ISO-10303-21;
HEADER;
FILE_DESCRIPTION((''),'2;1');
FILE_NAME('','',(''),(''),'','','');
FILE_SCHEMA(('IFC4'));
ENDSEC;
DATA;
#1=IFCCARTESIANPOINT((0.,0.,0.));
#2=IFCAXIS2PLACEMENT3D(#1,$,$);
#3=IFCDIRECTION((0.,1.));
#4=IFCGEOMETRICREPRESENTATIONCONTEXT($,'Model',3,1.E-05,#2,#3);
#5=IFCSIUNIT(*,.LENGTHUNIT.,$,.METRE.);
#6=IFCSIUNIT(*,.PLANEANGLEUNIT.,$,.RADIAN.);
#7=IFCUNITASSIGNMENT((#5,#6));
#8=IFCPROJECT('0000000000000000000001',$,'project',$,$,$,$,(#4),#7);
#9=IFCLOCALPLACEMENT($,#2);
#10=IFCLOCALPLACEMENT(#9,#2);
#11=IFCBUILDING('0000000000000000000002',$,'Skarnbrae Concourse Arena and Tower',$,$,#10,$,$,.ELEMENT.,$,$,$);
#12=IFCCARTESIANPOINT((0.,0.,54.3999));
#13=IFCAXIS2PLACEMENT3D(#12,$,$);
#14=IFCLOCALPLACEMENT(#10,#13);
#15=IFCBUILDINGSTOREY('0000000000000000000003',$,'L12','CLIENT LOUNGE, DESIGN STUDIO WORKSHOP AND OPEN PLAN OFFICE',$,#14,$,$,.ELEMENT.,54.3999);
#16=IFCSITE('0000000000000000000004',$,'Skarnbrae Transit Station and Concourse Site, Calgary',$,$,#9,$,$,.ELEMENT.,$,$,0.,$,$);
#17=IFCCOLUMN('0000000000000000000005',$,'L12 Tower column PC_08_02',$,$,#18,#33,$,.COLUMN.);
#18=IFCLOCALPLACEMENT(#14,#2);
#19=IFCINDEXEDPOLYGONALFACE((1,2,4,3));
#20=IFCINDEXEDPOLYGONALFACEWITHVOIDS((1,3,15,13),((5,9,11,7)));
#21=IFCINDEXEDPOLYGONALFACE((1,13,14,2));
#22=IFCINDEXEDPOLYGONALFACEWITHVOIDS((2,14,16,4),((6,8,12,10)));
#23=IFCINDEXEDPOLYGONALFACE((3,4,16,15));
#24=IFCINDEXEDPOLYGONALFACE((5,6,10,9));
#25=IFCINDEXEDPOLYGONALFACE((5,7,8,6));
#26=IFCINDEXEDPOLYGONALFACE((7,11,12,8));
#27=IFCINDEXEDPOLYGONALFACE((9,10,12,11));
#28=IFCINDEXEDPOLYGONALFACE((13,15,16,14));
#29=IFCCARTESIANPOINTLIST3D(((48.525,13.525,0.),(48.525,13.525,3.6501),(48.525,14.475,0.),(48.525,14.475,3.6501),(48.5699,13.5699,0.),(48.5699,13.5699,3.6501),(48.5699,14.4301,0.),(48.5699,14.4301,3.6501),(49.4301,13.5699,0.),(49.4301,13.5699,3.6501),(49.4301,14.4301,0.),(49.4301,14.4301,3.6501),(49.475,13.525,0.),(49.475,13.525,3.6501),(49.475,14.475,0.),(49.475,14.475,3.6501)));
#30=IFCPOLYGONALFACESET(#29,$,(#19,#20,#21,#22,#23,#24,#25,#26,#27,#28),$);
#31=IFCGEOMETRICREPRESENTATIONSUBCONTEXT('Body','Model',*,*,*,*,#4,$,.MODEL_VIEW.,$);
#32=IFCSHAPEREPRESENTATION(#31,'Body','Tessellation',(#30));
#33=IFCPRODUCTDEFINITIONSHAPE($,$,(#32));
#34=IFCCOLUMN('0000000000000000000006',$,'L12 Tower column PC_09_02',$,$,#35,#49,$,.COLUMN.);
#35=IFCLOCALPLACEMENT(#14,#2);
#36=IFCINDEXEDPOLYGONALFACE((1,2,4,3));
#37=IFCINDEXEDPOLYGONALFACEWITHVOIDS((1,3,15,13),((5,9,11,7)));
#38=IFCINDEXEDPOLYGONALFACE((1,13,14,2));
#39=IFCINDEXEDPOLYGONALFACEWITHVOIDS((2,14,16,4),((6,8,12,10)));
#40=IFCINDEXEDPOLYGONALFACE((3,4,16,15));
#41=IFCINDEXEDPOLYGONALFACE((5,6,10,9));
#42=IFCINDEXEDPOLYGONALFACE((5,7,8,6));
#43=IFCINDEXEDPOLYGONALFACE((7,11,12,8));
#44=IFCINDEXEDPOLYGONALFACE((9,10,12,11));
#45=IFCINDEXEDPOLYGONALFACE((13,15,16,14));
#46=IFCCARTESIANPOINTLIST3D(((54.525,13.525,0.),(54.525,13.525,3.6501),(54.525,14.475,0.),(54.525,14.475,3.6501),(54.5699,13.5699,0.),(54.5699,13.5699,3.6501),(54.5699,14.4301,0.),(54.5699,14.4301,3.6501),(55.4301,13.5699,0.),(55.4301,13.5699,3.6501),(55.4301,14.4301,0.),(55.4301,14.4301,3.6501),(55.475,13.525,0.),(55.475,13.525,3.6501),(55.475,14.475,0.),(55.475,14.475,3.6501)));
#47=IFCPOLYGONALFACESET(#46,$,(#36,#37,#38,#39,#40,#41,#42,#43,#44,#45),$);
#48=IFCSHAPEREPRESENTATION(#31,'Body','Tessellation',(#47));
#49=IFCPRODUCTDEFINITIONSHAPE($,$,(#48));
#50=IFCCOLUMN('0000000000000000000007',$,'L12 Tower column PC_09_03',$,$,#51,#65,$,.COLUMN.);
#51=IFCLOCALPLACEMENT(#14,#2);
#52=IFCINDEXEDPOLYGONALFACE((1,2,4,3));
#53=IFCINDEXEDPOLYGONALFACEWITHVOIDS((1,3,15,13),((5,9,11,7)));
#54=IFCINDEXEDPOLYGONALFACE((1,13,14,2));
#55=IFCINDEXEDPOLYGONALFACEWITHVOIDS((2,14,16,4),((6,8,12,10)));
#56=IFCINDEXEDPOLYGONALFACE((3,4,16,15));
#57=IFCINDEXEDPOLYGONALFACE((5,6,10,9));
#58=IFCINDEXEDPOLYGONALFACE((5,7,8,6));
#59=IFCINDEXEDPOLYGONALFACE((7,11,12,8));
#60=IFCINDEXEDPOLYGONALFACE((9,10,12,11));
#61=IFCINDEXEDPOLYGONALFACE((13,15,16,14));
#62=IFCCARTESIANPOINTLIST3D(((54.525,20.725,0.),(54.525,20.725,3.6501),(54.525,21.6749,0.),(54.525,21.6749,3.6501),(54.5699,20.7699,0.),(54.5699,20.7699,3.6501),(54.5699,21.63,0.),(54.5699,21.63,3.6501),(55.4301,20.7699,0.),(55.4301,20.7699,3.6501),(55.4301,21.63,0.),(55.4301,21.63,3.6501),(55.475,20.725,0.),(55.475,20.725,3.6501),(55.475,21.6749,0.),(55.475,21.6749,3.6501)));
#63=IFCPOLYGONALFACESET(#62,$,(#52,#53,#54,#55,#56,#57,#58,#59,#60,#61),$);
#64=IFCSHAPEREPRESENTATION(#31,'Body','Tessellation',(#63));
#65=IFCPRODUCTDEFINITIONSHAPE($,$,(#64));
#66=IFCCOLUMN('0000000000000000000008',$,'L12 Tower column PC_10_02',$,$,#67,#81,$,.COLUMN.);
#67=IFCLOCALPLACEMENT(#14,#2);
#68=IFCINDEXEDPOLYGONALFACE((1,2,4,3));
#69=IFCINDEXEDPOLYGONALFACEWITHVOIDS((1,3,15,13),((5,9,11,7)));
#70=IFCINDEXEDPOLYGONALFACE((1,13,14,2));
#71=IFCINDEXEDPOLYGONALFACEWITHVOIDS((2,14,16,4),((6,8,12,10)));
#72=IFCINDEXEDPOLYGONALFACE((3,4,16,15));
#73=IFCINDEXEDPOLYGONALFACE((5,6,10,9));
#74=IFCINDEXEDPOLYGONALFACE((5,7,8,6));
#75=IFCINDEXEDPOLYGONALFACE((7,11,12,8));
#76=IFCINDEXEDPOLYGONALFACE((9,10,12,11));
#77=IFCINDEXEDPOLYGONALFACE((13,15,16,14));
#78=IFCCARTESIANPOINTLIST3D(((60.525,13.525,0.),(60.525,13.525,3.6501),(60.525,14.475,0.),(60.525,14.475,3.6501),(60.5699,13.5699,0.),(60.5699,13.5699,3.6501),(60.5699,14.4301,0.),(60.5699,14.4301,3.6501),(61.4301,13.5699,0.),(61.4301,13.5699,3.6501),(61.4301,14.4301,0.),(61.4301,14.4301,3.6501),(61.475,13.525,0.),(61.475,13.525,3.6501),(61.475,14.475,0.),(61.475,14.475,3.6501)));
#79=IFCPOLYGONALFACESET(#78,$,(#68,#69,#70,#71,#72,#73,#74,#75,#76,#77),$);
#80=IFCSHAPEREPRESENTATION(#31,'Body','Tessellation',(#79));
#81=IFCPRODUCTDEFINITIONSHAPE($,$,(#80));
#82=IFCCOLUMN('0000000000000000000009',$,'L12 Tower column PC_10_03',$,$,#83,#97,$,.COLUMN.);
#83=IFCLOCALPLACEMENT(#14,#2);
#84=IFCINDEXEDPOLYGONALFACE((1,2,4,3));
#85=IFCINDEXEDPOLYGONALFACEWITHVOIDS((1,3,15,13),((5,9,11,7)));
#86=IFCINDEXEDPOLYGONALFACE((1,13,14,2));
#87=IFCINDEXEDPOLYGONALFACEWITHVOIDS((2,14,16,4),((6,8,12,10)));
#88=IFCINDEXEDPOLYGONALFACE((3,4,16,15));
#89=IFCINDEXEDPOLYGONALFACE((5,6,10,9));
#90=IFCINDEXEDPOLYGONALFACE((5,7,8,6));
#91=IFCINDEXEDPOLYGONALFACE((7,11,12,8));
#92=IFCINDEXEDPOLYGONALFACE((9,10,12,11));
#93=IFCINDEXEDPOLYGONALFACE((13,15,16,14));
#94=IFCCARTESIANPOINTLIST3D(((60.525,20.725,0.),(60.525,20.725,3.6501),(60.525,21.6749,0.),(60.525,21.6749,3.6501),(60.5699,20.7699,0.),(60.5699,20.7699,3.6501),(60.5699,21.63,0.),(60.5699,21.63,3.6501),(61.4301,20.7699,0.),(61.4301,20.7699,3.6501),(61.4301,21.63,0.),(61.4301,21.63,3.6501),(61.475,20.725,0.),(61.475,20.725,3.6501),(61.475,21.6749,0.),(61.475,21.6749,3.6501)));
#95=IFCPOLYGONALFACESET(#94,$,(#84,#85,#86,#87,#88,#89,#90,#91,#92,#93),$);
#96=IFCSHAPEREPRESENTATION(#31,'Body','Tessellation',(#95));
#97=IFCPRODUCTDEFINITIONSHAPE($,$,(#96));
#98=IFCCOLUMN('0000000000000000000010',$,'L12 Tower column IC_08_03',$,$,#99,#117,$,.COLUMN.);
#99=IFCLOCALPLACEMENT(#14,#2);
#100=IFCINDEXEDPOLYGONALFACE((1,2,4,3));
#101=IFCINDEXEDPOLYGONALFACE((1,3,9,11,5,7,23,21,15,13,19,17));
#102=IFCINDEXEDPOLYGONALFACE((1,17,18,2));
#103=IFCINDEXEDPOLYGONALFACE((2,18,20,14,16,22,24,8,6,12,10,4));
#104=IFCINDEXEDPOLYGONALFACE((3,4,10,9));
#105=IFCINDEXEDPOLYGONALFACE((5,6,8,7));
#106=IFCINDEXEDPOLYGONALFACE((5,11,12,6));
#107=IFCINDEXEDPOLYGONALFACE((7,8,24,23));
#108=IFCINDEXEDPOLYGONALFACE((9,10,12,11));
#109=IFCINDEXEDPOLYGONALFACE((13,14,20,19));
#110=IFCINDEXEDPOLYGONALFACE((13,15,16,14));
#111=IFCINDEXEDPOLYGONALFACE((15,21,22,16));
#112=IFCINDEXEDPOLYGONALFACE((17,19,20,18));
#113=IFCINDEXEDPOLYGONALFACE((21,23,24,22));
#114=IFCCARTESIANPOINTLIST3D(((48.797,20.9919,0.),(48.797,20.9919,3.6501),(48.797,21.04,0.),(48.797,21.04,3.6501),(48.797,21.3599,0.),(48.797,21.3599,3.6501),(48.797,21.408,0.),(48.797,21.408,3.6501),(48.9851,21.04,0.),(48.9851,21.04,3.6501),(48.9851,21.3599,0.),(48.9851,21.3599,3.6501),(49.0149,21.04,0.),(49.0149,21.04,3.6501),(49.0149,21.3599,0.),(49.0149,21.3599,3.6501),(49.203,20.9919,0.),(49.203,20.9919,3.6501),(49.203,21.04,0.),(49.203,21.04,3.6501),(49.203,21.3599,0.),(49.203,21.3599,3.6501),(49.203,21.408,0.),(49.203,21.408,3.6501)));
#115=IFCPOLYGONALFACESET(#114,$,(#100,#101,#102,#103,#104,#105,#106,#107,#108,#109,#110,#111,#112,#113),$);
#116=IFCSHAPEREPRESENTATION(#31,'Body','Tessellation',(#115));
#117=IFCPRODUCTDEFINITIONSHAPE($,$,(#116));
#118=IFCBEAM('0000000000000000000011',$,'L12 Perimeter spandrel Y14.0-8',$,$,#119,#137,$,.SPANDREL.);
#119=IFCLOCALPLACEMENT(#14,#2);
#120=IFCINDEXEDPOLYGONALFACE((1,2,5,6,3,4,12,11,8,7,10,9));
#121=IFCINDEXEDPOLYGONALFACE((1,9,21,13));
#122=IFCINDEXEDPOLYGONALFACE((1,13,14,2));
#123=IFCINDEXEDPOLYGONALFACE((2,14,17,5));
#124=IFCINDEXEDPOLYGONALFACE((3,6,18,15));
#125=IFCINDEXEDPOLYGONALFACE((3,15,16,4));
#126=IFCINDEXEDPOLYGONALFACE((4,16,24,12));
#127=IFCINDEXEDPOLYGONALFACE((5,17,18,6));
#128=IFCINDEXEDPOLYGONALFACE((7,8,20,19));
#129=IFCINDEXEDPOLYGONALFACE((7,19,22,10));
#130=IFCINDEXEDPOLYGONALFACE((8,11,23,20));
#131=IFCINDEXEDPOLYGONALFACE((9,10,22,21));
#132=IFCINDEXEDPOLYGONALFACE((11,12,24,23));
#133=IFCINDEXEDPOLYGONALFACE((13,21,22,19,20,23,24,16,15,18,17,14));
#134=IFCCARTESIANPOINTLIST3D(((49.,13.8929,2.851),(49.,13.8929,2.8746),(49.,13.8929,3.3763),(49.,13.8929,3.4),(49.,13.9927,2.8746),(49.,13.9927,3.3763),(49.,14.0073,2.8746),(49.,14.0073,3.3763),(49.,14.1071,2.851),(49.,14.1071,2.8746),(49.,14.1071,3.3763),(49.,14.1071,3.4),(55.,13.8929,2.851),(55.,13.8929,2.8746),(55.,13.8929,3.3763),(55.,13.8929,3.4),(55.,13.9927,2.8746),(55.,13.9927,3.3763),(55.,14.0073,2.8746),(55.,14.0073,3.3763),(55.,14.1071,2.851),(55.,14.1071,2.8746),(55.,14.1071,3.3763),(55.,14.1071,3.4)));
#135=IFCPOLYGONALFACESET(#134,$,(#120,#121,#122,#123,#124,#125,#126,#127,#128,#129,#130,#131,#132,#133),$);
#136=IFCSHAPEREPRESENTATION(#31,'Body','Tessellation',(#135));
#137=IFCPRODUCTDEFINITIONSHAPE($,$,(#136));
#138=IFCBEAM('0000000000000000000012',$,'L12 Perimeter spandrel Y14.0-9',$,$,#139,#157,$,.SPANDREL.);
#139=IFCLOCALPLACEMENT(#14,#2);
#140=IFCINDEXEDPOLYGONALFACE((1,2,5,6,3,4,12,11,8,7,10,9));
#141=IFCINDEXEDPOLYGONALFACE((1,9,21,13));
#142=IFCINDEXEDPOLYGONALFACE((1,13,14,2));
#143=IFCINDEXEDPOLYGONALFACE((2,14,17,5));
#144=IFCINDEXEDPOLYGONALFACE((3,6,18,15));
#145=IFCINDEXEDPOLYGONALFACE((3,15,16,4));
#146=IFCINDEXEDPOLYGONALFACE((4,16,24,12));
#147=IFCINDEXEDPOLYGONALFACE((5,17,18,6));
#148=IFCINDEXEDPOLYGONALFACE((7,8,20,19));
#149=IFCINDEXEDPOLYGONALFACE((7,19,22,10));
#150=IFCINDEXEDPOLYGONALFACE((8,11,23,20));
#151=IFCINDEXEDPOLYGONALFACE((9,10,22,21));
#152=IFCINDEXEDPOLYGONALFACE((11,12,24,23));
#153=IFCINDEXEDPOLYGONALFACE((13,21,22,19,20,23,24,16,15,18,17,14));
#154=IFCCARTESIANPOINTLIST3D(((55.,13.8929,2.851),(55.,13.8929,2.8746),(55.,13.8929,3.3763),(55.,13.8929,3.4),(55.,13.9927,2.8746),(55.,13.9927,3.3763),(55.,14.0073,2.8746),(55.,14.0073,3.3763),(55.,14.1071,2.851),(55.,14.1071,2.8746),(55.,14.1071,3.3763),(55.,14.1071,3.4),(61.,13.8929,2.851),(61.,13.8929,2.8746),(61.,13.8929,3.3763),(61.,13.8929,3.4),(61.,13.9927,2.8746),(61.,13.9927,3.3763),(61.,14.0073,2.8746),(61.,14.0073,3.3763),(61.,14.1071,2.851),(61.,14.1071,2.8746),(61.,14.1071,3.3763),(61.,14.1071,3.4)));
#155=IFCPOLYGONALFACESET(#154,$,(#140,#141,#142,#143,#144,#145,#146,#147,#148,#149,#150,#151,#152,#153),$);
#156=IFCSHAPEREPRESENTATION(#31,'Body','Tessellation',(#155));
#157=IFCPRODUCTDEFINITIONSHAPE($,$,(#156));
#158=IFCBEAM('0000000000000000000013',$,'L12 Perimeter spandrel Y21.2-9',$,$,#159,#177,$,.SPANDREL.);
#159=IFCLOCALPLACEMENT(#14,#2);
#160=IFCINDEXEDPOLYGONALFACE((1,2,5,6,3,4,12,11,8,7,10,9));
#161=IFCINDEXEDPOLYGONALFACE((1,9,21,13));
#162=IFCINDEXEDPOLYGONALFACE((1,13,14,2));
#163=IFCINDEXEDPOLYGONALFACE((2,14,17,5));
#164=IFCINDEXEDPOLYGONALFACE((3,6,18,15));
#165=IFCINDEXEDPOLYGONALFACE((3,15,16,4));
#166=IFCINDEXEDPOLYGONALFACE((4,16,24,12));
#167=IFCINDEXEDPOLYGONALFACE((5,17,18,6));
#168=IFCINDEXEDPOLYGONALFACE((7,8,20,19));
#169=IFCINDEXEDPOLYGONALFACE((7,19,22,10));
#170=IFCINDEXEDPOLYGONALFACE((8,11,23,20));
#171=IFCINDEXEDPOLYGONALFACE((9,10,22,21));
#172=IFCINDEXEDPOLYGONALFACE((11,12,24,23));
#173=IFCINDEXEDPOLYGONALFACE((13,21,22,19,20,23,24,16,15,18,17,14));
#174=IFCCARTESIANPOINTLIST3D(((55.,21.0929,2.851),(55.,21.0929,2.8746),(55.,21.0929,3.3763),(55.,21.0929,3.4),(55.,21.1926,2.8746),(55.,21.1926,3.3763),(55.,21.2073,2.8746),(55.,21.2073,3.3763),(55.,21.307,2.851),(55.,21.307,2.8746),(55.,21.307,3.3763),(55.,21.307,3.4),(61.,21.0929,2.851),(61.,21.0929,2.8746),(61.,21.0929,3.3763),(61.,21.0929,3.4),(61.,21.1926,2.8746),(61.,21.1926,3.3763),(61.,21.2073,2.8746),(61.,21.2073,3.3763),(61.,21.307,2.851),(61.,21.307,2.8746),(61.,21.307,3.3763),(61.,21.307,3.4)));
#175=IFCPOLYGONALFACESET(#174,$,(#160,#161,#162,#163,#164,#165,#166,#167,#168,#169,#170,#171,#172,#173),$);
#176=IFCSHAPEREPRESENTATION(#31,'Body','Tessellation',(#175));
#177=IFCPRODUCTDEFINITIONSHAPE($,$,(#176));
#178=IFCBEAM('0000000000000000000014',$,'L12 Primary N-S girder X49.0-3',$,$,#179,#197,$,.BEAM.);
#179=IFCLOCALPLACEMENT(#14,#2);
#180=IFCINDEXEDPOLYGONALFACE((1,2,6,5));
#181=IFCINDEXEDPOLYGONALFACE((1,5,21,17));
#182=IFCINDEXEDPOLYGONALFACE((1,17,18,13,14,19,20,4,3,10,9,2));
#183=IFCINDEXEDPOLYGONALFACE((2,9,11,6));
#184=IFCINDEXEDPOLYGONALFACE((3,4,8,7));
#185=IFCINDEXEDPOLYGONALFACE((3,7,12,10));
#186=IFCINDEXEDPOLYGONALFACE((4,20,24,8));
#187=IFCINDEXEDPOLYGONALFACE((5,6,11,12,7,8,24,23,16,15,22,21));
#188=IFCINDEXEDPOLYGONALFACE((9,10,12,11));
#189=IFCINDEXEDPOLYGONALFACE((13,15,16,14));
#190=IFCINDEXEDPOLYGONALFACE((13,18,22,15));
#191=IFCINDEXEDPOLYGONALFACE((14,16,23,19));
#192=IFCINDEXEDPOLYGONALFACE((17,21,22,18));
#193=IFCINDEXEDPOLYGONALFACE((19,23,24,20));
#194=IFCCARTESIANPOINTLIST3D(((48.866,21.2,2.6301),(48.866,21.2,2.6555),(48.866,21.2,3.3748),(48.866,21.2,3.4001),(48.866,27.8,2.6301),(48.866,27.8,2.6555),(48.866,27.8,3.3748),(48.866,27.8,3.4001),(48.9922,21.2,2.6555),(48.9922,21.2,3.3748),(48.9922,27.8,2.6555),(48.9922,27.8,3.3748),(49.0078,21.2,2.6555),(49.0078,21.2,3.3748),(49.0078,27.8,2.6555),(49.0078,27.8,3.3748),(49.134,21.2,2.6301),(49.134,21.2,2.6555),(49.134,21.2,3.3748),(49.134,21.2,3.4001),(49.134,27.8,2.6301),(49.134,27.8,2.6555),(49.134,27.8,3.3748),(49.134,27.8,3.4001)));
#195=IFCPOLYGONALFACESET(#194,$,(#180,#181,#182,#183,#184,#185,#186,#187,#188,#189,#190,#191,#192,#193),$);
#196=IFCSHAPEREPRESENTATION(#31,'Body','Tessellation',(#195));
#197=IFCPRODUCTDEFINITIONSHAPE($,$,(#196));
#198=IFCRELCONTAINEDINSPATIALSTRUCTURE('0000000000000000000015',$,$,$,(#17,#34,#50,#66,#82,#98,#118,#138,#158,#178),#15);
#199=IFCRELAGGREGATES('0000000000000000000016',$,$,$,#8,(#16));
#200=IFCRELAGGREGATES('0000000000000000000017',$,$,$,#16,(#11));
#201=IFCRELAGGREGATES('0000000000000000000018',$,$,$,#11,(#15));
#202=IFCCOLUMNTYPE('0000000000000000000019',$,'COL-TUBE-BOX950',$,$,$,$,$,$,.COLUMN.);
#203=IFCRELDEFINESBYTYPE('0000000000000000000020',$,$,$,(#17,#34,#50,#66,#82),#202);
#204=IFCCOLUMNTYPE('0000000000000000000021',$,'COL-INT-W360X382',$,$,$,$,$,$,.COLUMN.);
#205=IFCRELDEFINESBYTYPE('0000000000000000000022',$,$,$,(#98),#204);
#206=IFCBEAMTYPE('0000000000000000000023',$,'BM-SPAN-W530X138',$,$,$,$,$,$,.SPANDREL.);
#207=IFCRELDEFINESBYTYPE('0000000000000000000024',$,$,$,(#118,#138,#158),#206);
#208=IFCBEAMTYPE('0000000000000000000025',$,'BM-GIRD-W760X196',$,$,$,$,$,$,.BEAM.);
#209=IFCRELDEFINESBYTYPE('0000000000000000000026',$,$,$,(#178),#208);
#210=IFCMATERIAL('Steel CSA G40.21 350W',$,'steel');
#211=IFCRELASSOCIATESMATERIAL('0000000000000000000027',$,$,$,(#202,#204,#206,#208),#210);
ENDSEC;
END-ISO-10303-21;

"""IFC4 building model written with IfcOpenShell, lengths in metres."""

from ifc_helpers import new_model, si_unit, direction, frame, origin, origin_2d, place, context, subcontext, project, spatial, hollow_rectangle, i_section, extrude, source, transform, mapped, material, material_profile, profile_set, type_object, element, save


model = new_model("IFC4")

# Units and contexts
model_context = context("Model", 3, precision=1e-05, world=origin(), true_north=direction((0.0, 1.0)))
body_context = subcontext(model_context, "Body", "Model", "MODEL_VIEW")
ifc_project = project(units=[si_unit("LENGTHUNIT", "METRE"), si_unit("PLANEANGLEUNIT", "RADIAN")], contexts=[model_context])

# Site, building, storey
site_placement = place(None, origin())
site = spatial("IfcSite", under=ifc_project, at=site_placement, Name="Skarnbrae Transit Station and Concourse Site, Calgary", CompositionType="ELEMENT", RefElevation=0.0)
building_placement = place(site_placement, origin())
building = spatial("IfcBuilding", under=site, at=building_placement, Name="Skarnbrae Concourse Arena and Tower", CompositionType="ELEMENT")
storey_placement = place(building_placement, frame((0.0, 0.0, 54.3999)))
storey = spatial("IfcBuildingStorey", under=building, at=storey_placement, Name="L12", Description="CLIENT LOUNGE, DESIGN STUDIO WORKSHOP AND OPEN PLAN OFFICE", CompositionType="ELEMENT", Elevation=54.3999)

# Columns
ifc_material_1 = material(Name="Steel CSA G40.21 350W", Category="steel")
ifc_material_profile_1 = material_profile(ifc_material_1, hollow_rectangle(XDim=0.95, YDim=0.95, WallThickness=0.0449, at=origin_2d()), Name="BOX950X950X45")
ifc_profile_set_1 = profile_set([ifc_material_profile_1], Name="Steel CSA G40.21 350W")
column_type_1 = type_object("IfcColumnType", Name="COL-TUBE-BOX950", PredefinedType="COLUMN", material=ifc_profile_set_1)
shared_shape_1 = source(origin(), body_context, "Body", "SweptSolid", [
    extrude(hollow_rectangle(XDim=0.95, YDim=0.95, WallThickness=0.0449, at=origin_2d()), origin(), (0.0, 0.0, 1.0), 3.6501),
])
for number, where, z_axis, x_axis, name in (
    (1, (49.0, 14.0, 0.0), (0.0, 0.0, 1.0), (1.0, 0.0, 0.0), "L12 Tower column PC_08_02"),
    (2, (55.0, 14.0, 0.0), (0.0, 0.0, 1.0), (1.0, 0.0, 0.0), "L12 Tower column PC_09_02"),
    (3, (55.0, 21.2, 0.0), (0.0, 0.0, 1.0), (1.0, 0.0, 0.0), "L12 Tower column PC_09_03"),
    (4, (61.0, 14.0, 0.0), (0.0, 0.0, 1.0), (1.0, 0.0, 0.0), "L12 Tower column PC_10_02"),
    (5, (61.0, 21.2, 0.0), (0.0, 0.0, 1.0), (1.0, 0.0, 0.0), "L12 Tower column PC_10_03"),
):
    element("IfcColumn", number, at=place(storey_placement, frame(where, z_axis=z_axis, x_axis=x_axis)), inside=storey, type_object=column_type_1, Name=name, PredefinedType="COLUMN", context=body_context, shape_type="MappedRepresentation", body=[
        mapped(shared_shape_1, transform((0.0, 0.0, 0.0))),
    ])
ifc_material_profile_2 = material_profile(ifc_material_1, i_section(OverallWidth=0.406, OverallDepth=0.416, WebThickness=0.0298, FlangeThickness=0.0481, at=origin_2d()), Name="W360X382")
ifc_profile_set_2 = profile_set([ifc_material_profile_2], Name="Steel CSA G40.21 350W")
column_type_2 = type_object("IfcColumnType", Name="COL-INT-W360X382", PredefinedType="COLUMN", material=ifc_profile_set_2)
shared_shape_2 = source(origin(), body_context, "Body", "SweptSolid", [
    extrude(i_section(OverallWidth=0.406, OverallDepth=0.416, WebThickness=0.0298, FlangeThickness=0.0481, at=origin_2d()), origin(), (0.0, 0.0, 1.0), 3.6501),
])
column_placement = place(storey_placement, frame((49.0, 21.2, 0.0), z_axis=(0.0, 0.0, 1.0), x_axis=(1.0, 0.0, 0.0)))
element("IfcColumn", 6, at=column_placement, inside=storey, type_object=column_type_2, Name="L12 Tower column IC_08_03", PredefinedType="COLUMN", context=body_context, shape_type="MappedRepresentation", body=[
    mapped(shared_shape_2, transform((0.0, 0.0, 0.0))),
])

# Beams
ifc_material_profile_3 = material_profile(ifc_material_1, i_section(OverallWidth=0.2141, OverallDepth=0.5491, WebThickness=0.0146, FlangeThickness=0.0237, at=origin_2d()), Name="W530X138")
ifc_profile_set_3 = profile_set([ifc_material_profile_3], Name="Steel CSA G40.21 350W")
beam_type_1 = type_object("IfcBeamType", Name="BM-SPAN-W530X138", PredefinedType="SPANDREL", material=ifc_profile_set_3)
shared_shape_3 = source(origin(), body_context, "Body", "SweptSolid", [
    extrude(i_section(OverallWidth=0.2141, OverallDepth=0.5491, WebThickness=0.0146, FlangeThickness=0.0237, at=origin_2d()), origin(), (0.0, 0.0, 1.0), 6.0),
])
for number, where, z_axis, x_axis, name in (
    (7, (49.0, 14.0, 3.1255), (1.0, 0.0, 0.0), (0.0, 1.0, 0.0), "L12 Perimeter spandrel Y14.0-8"),
    (8, (55.0, 14.0, 3.1255), (1.0, 0.0, 0.0), (0.0, 1.0, 0.0), "L12 Perimeter spandrel Y14.0-9"),
    (9, (55.0, 21.2, 3.1255), (1.0, 0.0, 0.0), (0.0, 1.0, 0.0), "L12 Perimeter spandrel Y21.2-9"),
):
    element("IfcBeam", number, at=place(storey_placement, frame(where, z_axis=z_axis, x_axis=x_axis)), inside=storey, type_object=beam_type_1, Name=name, PredefinedType="SPANDREL", context=body_context, shape_type="MappedRepresentation", body=[
        mapped(shared_shape_3, transform((0.0, 0.0, 0.0))),
    ])
ifc_material_profile_4 = material_profile(ifc_material_1, i_section(OverallWidth=0.2681, OverallDepth=0.77, WebThickness=0.0156, FlangeThickness=0.0254, at=origin_2d()), Name="W760X196")
ifc_profile_set_4 = profile_set([ifc_material_profile_4], Name="Steel CSA G40.21 350W")
beam_type_2 = type_object("IfcBeamType", Name="BM-GIRD-W760X196", PredefinedType="BEAM", material=ifc_profile_set_4)
shared_shape_4 = source(origin(), body_context, "Body", "SweptSolid", [
    extrude(i_section(OverallWidth=0.2681, OverallDepth=0.77, WebThickness=0.0156, FlangeThickness=0.0254, at=origin_2d()), origin(), (0.0, 0.0, 1.0), 6.6001),
])
beam_1_placement = place(storey_placement, frame((49.0, 21.2, 3.0151), z_axis=(0.0, 1.0, 0.0), x_axis=(-1.0, 0.0, 0.0)))
element("IfcBeam", 10, at=beam_1_placement, inside=storey, type_object=beam_type_2, Name="L12 Primary N-S girder X49.0-3", PredefinedType="BEAM", context=body_context, shape_type="MappedRepresentation", body=[
    mapped(shared_shape_4, transform((0.0, 0.0, 0.0))),
])

save(model, "model.ifc")
